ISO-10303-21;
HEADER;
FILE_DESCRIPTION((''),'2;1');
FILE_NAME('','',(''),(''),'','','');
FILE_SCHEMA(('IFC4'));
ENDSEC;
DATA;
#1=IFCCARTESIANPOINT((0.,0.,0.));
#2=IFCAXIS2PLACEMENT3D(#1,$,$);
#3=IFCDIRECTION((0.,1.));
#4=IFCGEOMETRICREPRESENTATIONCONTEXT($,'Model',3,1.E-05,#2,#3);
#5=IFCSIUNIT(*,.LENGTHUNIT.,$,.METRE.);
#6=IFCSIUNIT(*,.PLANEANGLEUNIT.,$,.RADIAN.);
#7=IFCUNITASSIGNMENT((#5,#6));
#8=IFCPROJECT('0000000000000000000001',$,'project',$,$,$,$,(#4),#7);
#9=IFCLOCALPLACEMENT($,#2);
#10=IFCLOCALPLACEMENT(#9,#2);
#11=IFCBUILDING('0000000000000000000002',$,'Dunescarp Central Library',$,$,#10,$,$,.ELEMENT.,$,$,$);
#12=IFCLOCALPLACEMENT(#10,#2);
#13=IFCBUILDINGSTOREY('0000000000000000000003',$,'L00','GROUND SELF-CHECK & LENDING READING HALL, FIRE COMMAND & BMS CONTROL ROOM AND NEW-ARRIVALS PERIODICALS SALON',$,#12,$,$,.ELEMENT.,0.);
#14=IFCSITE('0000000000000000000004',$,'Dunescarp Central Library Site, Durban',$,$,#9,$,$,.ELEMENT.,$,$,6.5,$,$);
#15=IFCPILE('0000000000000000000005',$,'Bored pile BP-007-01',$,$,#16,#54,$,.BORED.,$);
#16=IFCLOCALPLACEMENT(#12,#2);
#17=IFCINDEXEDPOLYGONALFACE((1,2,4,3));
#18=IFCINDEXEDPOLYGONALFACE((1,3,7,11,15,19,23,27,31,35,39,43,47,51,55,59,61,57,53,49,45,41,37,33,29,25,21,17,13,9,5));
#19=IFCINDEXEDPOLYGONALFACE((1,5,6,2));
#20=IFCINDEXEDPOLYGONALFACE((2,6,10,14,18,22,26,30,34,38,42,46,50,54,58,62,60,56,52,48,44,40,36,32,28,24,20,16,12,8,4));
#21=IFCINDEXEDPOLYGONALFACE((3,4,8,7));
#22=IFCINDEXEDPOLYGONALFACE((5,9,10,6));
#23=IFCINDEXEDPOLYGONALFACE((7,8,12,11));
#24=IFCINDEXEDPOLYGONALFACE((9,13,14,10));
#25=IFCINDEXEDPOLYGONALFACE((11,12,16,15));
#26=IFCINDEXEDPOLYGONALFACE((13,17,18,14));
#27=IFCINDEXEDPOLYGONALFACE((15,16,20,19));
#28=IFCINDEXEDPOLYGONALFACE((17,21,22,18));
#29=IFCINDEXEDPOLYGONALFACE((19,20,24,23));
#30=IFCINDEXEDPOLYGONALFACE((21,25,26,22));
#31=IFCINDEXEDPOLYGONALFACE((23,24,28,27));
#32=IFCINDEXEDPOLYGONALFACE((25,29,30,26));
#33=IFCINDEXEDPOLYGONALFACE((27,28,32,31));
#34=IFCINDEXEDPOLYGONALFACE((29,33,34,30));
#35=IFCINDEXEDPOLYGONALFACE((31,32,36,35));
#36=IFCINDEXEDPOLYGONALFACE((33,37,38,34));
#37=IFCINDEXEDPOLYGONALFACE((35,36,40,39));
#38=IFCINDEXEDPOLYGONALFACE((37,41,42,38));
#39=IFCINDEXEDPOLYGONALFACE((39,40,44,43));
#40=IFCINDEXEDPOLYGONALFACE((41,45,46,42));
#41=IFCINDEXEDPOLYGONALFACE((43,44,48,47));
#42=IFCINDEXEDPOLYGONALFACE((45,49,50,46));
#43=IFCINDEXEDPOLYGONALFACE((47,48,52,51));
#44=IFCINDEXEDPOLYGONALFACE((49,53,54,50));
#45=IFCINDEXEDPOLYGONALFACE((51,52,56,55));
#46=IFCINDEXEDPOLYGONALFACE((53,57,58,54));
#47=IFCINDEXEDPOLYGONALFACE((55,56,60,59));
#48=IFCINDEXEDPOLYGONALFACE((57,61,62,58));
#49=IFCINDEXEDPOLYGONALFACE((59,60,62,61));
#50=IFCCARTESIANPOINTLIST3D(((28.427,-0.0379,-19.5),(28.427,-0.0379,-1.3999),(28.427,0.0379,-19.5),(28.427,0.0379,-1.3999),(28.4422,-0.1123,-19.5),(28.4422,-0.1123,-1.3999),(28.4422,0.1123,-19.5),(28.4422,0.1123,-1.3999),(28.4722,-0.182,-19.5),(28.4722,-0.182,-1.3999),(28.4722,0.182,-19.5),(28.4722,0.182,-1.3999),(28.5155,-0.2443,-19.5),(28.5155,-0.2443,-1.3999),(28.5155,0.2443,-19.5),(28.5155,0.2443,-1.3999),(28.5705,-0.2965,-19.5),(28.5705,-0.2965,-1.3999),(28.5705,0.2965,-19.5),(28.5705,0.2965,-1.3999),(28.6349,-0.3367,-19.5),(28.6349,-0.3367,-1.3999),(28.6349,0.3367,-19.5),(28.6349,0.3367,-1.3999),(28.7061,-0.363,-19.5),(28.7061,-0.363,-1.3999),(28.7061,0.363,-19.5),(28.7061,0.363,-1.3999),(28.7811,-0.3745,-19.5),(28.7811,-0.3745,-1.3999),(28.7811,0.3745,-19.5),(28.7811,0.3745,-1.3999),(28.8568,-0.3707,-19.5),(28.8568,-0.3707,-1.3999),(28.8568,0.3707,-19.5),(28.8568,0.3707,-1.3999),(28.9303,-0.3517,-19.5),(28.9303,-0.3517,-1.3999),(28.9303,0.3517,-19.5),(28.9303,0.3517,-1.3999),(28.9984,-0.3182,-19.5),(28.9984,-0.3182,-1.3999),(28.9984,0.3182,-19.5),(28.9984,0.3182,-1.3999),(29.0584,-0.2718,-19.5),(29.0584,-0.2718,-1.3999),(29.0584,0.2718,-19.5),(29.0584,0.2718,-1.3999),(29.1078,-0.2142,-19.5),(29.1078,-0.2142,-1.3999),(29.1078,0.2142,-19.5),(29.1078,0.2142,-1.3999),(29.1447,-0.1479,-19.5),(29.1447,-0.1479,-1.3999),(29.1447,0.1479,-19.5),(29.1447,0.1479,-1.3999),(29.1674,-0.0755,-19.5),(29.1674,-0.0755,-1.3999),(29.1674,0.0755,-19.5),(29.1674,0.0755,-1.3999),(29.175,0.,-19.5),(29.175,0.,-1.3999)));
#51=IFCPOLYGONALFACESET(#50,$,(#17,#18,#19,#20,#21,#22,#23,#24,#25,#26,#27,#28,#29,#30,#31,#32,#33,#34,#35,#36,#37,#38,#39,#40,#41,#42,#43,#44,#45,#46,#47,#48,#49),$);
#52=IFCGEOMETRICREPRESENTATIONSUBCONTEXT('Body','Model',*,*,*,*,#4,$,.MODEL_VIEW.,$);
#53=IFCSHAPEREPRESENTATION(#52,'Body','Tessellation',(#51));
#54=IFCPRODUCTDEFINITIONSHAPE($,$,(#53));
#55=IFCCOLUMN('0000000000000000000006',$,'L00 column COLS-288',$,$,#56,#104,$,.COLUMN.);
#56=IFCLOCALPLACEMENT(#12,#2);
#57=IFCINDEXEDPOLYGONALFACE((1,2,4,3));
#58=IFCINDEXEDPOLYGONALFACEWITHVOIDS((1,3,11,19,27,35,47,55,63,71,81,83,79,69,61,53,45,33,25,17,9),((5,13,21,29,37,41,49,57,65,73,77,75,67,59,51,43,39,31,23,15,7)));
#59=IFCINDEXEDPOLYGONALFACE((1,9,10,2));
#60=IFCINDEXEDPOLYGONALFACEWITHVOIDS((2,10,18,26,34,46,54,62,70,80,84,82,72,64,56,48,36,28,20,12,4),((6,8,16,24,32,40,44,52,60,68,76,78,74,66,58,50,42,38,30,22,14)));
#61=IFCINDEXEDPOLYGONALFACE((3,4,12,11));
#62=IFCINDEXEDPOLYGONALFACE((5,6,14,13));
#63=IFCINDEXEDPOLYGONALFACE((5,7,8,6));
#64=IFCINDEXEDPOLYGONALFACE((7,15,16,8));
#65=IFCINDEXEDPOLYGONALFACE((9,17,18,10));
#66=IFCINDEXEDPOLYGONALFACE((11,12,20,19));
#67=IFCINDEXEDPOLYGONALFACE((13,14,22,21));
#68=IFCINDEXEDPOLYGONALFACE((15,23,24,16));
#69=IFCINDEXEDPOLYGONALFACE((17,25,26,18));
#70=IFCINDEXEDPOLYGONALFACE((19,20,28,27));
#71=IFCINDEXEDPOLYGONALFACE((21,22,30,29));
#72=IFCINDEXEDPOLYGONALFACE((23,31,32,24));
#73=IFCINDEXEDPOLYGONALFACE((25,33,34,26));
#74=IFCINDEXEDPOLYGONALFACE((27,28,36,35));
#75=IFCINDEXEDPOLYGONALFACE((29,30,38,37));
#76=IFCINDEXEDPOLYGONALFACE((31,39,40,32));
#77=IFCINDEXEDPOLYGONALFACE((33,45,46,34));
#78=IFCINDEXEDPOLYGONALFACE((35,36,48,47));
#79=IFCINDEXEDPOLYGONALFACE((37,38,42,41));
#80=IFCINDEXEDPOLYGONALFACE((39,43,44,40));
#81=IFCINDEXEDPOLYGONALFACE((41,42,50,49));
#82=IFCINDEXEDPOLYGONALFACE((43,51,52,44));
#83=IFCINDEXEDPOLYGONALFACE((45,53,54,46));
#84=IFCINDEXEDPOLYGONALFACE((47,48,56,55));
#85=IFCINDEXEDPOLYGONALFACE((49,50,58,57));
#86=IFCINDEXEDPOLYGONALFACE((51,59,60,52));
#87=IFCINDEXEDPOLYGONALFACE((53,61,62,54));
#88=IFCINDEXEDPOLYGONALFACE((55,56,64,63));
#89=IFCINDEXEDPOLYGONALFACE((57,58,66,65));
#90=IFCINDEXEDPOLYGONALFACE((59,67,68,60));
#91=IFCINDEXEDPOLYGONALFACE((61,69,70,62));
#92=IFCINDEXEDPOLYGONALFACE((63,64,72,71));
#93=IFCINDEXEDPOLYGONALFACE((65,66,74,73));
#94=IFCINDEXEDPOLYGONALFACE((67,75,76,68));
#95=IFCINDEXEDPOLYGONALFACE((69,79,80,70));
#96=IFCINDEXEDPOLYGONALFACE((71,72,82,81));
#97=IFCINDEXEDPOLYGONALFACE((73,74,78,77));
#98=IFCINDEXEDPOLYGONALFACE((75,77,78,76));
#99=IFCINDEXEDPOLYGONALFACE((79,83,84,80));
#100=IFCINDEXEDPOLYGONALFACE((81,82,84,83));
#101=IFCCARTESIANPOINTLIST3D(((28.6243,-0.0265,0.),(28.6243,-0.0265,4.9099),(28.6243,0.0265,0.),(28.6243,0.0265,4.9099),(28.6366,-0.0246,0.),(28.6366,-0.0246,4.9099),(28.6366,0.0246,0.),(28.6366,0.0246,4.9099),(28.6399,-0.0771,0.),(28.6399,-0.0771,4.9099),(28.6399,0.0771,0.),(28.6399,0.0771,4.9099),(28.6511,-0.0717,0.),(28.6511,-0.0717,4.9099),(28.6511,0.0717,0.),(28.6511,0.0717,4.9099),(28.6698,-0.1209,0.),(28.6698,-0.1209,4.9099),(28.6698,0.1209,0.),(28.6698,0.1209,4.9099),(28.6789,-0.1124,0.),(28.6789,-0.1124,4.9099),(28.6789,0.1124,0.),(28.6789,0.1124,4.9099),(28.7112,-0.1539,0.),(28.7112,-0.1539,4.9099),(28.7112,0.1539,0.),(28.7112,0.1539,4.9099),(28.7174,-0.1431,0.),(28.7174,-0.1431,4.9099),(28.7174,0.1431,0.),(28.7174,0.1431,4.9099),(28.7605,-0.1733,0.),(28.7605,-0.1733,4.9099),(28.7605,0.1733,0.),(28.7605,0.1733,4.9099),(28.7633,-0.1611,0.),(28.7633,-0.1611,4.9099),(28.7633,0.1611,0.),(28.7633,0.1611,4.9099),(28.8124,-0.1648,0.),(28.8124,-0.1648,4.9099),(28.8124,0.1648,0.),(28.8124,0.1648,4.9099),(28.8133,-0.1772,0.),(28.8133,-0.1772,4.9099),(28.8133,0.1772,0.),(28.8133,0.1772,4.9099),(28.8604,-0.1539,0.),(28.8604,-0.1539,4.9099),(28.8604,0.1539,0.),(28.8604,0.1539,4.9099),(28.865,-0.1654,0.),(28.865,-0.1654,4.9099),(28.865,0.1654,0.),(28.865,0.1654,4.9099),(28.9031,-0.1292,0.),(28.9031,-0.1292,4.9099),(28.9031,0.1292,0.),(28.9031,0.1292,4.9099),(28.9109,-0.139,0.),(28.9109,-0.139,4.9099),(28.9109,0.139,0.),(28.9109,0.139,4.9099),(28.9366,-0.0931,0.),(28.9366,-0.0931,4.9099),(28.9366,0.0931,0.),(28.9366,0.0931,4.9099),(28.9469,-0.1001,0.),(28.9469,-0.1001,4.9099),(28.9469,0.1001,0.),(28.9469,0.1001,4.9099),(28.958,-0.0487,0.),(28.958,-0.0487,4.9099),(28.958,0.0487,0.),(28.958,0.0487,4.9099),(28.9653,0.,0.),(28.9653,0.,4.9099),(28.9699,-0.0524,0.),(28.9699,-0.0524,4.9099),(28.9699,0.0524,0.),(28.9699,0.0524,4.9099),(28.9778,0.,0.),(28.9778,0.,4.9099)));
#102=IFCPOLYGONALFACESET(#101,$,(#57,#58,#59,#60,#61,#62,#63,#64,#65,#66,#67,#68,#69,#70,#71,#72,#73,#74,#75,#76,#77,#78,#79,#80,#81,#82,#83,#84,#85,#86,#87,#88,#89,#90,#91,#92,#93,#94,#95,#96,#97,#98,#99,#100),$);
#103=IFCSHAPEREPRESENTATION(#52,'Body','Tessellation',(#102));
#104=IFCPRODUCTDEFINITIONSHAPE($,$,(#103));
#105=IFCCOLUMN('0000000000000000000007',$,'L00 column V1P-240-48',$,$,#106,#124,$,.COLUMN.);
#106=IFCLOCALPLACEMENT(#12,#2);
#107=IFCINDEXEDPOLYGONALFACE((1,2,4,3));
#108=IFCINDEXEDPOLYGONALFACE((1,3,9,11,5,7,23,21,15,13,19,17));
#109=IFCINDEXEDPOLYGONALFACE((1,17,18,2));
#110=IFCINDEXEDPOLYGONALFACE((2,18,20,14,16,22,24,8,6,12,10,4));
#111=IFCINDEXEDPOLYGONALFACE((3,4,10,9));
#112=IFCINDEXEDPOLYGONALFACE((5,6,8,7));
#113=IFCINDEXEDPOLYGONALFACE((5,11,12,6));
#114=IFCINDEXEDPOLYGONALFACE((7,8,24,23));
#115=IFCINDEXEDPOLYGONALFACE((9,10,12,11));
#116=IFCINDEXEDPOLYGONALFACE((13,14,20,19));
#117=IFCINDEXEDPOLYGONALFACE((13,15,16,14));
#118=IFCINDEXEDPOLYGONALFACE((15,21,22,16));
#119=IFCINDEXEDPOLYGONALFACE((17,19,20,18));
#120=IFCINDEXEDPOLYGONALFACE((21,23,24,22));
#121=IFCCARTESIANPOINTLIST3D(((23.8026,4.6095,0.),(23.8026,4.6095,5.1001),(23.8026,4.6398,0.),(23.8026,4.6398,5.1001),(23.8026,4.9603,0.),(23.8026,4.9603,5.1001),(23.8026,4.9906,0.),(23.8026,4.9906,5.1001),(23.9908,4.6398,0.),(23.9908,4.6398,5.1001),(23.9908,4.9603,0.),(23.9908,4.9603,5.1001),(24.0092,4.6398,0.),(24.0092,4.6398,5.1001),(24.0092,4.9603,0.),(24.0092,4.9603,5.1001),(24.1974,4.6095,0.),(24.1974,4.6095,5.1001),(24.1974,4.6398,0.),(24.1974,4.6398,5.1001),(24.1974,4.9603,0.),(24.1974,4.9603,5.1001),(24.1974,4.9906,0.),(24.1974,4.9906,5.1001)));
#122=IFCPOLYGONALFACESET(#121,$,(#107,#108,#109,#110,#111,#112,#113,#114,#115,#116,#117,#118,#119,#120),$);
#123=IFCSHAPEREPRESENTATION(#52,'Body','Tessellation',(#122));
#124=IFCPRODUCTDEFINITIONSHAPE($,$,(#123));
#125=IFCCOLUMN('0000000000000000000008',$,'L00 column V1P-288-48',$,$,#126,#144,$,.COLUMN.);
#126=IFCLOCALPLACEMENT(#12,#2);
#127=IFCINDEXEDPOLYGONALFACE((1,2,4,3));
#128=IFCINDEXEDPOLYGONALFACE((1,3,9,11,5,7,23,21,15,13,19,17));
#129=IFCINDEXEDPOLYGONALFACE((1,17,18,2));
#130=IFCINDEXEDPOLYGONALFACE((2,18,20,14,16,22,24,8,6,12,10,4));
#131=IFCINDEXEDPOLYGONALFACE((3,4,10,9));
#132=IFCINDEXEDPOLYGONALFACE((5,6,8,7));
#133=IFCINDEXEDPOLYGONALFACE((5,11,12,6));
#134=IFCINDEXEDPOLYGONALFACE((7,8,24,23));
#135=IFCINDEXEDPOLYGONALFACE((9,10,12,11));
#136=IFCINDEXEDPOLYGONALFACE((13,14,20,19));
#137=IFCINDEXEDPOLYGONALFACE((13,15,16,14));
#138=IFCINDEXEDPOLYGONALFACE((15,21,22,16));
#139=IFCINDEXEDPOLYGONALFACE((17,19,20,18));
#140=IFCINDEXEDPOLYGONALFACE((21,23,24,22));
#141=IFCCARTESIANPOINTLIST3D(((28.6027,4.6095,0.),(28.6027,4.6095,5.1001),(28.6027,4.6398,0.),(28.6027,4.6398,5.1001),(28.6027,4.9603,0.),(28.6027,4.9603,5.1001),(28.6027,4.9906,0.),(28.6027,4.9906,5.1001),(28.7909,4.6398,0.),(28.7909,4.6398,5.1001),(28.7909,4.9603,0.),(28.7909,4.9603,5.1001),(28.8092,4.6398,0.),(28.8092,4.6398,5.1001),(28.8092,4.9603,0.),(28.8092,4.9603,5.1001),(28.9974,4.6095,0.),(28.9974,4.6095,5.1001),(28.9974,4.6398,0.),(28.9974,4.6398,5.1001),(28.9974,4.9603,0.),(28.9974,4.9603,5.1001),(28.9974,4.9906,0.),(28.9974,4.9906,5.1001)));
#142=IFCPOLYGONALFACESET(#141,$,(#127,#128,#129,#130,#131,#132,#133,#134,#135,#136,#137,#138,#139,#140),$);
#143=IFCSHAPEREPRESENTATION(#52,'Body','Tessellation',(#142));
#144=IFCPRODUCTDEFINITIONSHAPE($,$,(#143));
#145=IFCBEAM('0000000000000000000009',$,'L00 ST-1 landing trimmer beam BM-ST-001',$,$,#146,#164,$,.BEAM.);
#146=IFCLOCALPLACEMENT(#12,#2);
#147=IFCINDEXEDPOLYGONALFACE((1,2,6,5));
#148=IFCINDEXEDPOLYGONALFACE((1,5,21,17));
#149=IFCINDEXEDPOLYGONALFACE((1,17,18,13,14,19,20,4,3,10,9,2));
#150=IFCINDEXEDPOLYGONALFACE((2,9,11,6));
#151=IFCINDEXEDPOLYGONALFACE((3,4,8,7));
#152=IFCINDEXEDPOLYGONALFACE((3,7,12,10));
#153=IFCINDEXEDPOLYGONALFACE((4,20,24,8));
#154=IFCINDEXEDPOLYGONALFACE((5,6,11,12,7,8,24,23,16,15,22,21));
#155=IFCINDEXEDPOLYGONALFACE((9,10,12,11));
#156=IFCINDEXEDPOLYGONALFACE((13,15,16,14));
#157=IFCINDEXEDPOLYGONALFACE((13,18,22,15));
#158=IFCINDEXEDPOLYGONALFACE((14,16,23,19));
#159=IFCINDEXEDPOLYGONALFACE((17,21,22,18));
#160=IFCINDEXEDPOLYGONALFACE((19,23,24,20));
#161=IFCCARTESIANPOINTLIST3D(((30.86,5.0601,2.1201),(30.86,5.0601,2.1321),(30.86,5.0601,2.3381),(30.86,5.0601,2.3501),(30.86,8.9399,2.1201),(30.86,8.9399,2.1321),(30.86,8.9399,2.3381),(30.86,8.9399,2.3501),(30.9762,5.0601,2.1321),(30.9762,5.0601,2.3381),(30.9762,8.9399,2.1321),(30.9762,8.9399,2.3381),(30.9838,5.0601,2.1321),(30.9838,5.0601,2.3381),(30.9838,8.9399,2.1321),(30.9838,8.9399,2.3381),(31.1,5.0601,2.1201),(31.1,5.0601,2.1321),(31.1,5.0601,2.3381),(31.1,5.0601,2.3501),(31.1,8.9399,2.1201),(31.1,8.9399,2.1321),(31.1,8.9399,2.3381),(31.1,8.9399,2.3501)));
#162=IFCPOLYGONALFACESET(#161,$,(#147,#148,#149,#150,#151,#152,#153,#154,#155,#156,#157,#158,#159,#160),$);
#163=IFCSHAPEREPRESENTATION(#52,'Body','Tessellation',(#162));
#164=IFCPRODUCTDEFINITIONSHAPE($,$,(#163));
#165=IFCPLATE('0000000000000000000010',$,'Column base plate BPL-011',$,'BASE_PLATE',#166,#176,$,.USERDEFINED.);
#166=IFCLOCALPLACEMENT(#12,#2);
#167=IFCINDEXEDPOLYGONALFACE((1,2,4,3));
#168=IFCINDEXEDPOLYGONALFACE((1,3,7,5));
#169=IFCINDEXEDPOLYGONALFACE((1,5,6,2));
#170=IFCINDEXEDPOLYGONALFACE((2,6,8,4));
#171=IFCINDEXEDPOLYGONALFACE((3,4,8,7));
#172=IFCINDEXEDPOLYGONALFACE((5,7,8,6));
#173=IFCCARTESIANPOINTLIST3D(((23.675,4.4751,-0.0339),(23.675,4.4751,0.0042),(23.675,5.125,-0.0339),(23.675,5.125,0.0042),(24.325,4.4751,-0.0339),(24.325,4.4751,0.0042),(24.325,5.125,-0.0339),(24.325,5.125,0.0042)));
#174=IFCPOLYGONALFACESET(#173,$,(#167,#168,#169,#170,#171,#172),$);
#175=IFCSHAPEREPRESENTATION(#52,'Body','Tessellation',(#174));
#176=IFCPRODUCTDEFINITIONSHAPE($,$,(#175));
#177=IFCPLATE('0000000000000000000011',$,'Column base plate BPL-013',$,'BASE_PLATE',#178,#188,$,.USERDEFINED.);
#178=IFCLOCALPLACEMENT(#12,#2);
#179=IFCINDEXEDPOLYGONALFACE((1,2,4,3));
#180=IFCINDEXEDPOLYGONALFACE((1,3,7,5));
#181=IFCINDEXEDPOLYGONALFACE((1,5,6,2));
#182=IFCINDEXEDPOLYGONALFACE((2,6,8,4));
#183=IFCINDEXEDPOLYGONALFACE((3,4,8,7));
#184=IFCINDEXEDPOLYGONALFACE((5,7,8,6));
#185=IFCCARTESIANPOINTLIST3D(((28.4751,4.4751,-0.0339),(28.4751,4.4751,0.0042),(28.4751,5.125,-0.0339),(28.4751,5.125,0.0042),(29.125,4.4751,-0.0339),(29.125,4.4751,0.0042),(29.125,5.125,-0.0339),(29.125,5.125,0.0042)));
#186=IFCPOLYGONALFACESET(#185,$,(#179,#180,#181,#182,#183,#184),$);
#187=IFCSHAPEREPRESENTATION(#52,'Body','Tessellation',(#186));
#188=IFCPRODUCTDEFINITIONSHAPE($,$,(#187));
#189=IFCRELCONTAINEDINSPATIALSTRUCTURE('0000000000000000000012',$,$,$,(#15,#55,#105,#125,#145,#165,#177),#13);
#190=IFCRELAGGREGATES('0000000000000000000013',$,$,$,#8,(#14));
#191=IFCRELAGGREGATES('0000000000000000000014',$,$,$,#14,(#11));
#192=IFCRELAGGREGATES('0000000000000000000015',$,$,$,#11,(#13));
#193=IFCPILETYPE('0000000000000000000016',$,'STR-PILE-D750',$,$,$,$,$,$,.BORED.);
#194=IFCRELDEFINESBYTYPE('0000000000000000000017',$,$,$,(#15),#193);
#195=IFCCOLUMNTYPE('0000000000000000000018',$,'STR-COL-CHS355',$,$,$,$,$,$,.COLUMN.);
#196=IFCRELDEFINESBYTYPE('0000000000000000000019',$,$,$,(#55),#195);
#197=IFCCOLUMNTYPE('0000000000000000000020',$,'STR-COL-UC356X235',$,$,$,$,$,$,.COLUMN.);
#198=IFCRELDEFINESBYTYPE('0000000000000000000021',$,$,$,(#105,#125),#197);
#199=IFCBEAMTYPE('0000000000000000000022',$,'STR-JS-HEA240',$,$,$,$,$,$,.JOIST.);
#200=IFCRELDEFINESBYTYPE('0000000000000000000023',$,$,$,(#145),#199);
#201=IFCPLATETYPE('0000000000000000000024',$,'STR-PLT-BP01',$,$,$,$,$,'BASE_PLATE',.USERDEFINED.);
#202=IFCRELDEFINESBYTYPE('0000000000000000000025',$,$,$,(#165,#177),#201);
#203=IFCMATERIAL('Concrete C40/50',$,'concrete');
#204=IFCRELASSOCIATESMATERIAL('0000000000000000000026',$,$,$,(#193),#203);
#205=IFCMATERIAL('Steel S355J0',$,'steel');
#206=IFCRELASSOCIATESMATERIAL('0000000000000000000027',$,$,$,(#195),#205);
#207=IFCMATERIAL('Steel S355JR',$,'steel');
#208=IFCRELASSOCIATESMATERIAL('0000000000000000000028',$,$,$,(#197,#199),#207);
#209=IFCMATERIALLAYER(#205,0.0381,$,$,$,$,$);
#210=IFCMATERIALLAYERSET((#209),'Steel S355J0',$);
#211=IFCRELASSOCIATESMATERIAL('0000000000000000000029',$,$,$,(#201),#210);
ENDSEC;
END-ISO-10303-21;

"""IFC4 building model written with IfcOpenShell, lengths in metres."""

from ifc_helpers import new_model, si_unit, direction, frame, origin, origin_2d, place, context, subcontext, project, spatial, rectangle, circle, hollow_circle, i_section, extrude, material, layer, layer_set, material_profile, profile_set, type_object, element, save


model = new_model("IFC4")

# Units and contexts
model_context = context("Model", 3, precision=1e-05, world=origin(), true_north=direction((0.0, 1.0)))
body_context = subcontext(model_context, "Body", "Model", "MODEL_VIEW")
ifc_project = project(units=[si_unit("LENGTHUNIT", "METRE"), si_unit("PLANEANGLEUNIT", "RADIAN")], contexts=[model_context])

# Site, building, storey
site_placement = place(None, origin())
site = spatial("IfcSite", under=ifc_project, at=site_placement, Name="Dunescarp Central Library Site, Durban", CompositionType="ELEMENT", RefElevation=6.5)
building_placement = place(site_placement, origin())
building = spatial("IfcBuilding", under=site, at=building_placement, Name="Dunescarp Central Library", CompositionType="ELEMENT")
storey_placement = place(building_placement, origin())
storey = spatial("IfcBuildingStorey", under=building, at=storey_placement, Name="L00", Description="GROUND SELF-CHECK & LENDING READING HALL, FIRE COMMAND & BMS CONTROL ROOM AND NEW-ARRIVALS PERIODICALS SALON", CompositionType="ELEMENT", Elevation=0.0)

# Shared definitions
ifc_material_1 = material(Name="Concrete C40/50", Category="concrete")

# Pile
ifc_material_profile_1 = material_profile(ifc_material_1, circle(Radius=0.375, at=origin_2d()), Name="PILE D750")
ifc_profile_set_1 = profile_set([ifc_material_profile_1], Name="Concrete C40/50")
pile_type_1 = type_object("IfcPileType", Name="STR-PILE-D750", PredefinedType="BORED", material=ifc_profile_set_1)
pile_placement = place(storey_placement, frame((28.8, 0.0, -1.3999), z_axis=(0.0, 0.0, -1.0), x_axis=(1.0, 0.0, 0.0)))
element("IfcPile", 1, at=pile_placement, inside=storey, type_object=pile_type_1, Name="Bored pile BP-007-01", PredefinedType="BORED", context=body_context, shape_type="SweptSolid", body=[
    extrude(circle(Radius=0.375, at=origin_2d()), origin(), (0.0, 0.0, 1.0), 18.1001),
])

# Columns
ifc_material_2 = material(Name="Steel S355J0", Category="steel")
ifc_material_profile_2 = material_profile(ifc_material_2, hollow_circle(Radius=0.1777, WallThickness=0.0125, at=origin_2d()), Name="CHS 355.6x12.5")
ifc_profile_set_2 = profile_set([ifc_material_profile_2], Name="Steel S355J0")
column_type_1 = type_object("IfcColumnType", Name="STR-COL-CHS355", PredefinedType="COLUMN", material=ifc_profile_set_2)
column_placement = place(storey_placement, frame((28.8, 0.0, 0.0), z_axis=(0.0, 0.0, 1.0), x_axis=(1.0, 0.0, 0.0)))
element("IfcColumn", 2, at=column_placement, inside=storey, type_object=column_type_1, Name="L00 column COLS-288", PredefinedType="COLUMN", context=body_context, shape_type="SweptSolid", body=[
    extrude(hollow_circle(Radius=0.1777, WallThickness=0.0125, at=origin_2d()), origin(), (0.0, 0.0, 1.0), 4.9099),
])
ifc_material_3 = material(Name="Steel S355JR", Category="steel")
ifc_material_profile_3 = material_profile(ifc_material_3, i_section(OverallWidth=0.3948, OverallDepth=0.3811, WebThickness=0.0183, FlangeThickness=0.0303, at=origin_2d()), Name="UC 356x406x235")
ifc_profile_set_3 = profile_set([ifc_material_profile_3], Name="Steel S355JR")
column_type_2 = type_object("IfcColumnType", Name="STR-COL-UC356X235", PredefinedType="COLUMN", material=ifc_profile_set_3)
for number, where, z_axis, x_axis, name in (
    (3, (24.0, 4.8, 0.0), (0.0, 0.0, 1.0), (1.0, 0.0, 0.0), "L00 column V1P-240-48"),
    (4, (28.8, 4.8, 0.0), (0.0, 0.0, 1.0), (1.0, 0.0, 0.0), "L00 column V1P-288-48"),
):
    element("IfcColumn", number, at=place(storey_placement, frame(where, z_axis=z_axis, x_axis=x_axis)), inside=storey, type_object=column_type_2, Name=name, PredefinedType="COLUMN", context=body_context, shape_type="SweptSolid", body=[
        extrude(i_section(OverallWidth=0.3948, OverallDepth=0.3811, WebThickness=0.0183, FlangeThickness=0.0303, at=origin_2d()), origin(), (0.0, 0.0, 1.0), 5.1001),
    ])

# Beam
ifc_material_profile_4 = material_profile(ifc_material_3, i_section(OverallWidth=0.24, OverallDepth=0.23, WebThickness=0.0076, FlangeThickness=0.012, at=origin_2d()), Name="HEA 240")
ifc_profile_set_4 = profile_set([ifc_material_profile_4], Name="Steel S355JR")
beam_type = type_object("IfcBeamType", Name="STR-JS-HEA240", PredefinedType="JOIST", material=ifc_profile_set_4)
beam_placement = place(storey_placement, frame((30.98, 5.0601, 2.2351), z_axis=(0.0, 1.0, 0.0), x_axis=(-1.0, 0.0, 0.0)))
element("IfcBeam", 5, at=beam_placement, inside=storey, type_object=beam_type, Name="L00 ST-1 landing trimmer beam BM-ST-001", PredefinedType="BEAM", context=body_context, shape_type="SweptSolid", body=[
    extrude(i_section(OverallWidth=0.24, OverallDepth=0.23, WebThickness=0.0076, FlangeThickness=0.012, at=origin_2d()), origin(), (0.0, 0.0, 1.0), 3.8799),
])

# Plates
ifc_layer_1 = layer(ifc_material_2, 0.0381)
ifc_layer_set_1 = layer_set([ifc_layer_1], Name="Steel S355J0")
plate_type_1 = type_object("IfcPlateType", Name="STR-PLT-BP01", ElementType="BASE_PLATE", PredefinedType="USERDEFINED", material=ifc_layer_set_1)
for number, where, z_axis, x_axis, name in (
    (6, (24.0, 4.8, -0.0339), (0.0, 0.0, 1.0), (1.0, 0.0, 0.0), "Column base plate BPL-011"),
    (7, (28.8, 4.8, -0.0339), (0.0, 0.0, 1.0), (1.0, 0.0, 0.0), "Column base plate BPL-013"),
):
    element("IfcPlate", number, at=place(storey_placement, frame(where, z_axis=z_axis, x_axis=x_axis)), inside=storey, type_object=plate_type_1, Name=name, ObjectType="BASE_PLATE", PredefinedType="USERDEFINED", context=body_context, shape_type="SweptSolid", body=[
        extrude(rectangle(XDim=0.6499, YDim=0.6499, at=origin_2d()), origin(), (0.0, 0.0, 1.0), 0.0381),
    ])

save(model, "model.ifc")
